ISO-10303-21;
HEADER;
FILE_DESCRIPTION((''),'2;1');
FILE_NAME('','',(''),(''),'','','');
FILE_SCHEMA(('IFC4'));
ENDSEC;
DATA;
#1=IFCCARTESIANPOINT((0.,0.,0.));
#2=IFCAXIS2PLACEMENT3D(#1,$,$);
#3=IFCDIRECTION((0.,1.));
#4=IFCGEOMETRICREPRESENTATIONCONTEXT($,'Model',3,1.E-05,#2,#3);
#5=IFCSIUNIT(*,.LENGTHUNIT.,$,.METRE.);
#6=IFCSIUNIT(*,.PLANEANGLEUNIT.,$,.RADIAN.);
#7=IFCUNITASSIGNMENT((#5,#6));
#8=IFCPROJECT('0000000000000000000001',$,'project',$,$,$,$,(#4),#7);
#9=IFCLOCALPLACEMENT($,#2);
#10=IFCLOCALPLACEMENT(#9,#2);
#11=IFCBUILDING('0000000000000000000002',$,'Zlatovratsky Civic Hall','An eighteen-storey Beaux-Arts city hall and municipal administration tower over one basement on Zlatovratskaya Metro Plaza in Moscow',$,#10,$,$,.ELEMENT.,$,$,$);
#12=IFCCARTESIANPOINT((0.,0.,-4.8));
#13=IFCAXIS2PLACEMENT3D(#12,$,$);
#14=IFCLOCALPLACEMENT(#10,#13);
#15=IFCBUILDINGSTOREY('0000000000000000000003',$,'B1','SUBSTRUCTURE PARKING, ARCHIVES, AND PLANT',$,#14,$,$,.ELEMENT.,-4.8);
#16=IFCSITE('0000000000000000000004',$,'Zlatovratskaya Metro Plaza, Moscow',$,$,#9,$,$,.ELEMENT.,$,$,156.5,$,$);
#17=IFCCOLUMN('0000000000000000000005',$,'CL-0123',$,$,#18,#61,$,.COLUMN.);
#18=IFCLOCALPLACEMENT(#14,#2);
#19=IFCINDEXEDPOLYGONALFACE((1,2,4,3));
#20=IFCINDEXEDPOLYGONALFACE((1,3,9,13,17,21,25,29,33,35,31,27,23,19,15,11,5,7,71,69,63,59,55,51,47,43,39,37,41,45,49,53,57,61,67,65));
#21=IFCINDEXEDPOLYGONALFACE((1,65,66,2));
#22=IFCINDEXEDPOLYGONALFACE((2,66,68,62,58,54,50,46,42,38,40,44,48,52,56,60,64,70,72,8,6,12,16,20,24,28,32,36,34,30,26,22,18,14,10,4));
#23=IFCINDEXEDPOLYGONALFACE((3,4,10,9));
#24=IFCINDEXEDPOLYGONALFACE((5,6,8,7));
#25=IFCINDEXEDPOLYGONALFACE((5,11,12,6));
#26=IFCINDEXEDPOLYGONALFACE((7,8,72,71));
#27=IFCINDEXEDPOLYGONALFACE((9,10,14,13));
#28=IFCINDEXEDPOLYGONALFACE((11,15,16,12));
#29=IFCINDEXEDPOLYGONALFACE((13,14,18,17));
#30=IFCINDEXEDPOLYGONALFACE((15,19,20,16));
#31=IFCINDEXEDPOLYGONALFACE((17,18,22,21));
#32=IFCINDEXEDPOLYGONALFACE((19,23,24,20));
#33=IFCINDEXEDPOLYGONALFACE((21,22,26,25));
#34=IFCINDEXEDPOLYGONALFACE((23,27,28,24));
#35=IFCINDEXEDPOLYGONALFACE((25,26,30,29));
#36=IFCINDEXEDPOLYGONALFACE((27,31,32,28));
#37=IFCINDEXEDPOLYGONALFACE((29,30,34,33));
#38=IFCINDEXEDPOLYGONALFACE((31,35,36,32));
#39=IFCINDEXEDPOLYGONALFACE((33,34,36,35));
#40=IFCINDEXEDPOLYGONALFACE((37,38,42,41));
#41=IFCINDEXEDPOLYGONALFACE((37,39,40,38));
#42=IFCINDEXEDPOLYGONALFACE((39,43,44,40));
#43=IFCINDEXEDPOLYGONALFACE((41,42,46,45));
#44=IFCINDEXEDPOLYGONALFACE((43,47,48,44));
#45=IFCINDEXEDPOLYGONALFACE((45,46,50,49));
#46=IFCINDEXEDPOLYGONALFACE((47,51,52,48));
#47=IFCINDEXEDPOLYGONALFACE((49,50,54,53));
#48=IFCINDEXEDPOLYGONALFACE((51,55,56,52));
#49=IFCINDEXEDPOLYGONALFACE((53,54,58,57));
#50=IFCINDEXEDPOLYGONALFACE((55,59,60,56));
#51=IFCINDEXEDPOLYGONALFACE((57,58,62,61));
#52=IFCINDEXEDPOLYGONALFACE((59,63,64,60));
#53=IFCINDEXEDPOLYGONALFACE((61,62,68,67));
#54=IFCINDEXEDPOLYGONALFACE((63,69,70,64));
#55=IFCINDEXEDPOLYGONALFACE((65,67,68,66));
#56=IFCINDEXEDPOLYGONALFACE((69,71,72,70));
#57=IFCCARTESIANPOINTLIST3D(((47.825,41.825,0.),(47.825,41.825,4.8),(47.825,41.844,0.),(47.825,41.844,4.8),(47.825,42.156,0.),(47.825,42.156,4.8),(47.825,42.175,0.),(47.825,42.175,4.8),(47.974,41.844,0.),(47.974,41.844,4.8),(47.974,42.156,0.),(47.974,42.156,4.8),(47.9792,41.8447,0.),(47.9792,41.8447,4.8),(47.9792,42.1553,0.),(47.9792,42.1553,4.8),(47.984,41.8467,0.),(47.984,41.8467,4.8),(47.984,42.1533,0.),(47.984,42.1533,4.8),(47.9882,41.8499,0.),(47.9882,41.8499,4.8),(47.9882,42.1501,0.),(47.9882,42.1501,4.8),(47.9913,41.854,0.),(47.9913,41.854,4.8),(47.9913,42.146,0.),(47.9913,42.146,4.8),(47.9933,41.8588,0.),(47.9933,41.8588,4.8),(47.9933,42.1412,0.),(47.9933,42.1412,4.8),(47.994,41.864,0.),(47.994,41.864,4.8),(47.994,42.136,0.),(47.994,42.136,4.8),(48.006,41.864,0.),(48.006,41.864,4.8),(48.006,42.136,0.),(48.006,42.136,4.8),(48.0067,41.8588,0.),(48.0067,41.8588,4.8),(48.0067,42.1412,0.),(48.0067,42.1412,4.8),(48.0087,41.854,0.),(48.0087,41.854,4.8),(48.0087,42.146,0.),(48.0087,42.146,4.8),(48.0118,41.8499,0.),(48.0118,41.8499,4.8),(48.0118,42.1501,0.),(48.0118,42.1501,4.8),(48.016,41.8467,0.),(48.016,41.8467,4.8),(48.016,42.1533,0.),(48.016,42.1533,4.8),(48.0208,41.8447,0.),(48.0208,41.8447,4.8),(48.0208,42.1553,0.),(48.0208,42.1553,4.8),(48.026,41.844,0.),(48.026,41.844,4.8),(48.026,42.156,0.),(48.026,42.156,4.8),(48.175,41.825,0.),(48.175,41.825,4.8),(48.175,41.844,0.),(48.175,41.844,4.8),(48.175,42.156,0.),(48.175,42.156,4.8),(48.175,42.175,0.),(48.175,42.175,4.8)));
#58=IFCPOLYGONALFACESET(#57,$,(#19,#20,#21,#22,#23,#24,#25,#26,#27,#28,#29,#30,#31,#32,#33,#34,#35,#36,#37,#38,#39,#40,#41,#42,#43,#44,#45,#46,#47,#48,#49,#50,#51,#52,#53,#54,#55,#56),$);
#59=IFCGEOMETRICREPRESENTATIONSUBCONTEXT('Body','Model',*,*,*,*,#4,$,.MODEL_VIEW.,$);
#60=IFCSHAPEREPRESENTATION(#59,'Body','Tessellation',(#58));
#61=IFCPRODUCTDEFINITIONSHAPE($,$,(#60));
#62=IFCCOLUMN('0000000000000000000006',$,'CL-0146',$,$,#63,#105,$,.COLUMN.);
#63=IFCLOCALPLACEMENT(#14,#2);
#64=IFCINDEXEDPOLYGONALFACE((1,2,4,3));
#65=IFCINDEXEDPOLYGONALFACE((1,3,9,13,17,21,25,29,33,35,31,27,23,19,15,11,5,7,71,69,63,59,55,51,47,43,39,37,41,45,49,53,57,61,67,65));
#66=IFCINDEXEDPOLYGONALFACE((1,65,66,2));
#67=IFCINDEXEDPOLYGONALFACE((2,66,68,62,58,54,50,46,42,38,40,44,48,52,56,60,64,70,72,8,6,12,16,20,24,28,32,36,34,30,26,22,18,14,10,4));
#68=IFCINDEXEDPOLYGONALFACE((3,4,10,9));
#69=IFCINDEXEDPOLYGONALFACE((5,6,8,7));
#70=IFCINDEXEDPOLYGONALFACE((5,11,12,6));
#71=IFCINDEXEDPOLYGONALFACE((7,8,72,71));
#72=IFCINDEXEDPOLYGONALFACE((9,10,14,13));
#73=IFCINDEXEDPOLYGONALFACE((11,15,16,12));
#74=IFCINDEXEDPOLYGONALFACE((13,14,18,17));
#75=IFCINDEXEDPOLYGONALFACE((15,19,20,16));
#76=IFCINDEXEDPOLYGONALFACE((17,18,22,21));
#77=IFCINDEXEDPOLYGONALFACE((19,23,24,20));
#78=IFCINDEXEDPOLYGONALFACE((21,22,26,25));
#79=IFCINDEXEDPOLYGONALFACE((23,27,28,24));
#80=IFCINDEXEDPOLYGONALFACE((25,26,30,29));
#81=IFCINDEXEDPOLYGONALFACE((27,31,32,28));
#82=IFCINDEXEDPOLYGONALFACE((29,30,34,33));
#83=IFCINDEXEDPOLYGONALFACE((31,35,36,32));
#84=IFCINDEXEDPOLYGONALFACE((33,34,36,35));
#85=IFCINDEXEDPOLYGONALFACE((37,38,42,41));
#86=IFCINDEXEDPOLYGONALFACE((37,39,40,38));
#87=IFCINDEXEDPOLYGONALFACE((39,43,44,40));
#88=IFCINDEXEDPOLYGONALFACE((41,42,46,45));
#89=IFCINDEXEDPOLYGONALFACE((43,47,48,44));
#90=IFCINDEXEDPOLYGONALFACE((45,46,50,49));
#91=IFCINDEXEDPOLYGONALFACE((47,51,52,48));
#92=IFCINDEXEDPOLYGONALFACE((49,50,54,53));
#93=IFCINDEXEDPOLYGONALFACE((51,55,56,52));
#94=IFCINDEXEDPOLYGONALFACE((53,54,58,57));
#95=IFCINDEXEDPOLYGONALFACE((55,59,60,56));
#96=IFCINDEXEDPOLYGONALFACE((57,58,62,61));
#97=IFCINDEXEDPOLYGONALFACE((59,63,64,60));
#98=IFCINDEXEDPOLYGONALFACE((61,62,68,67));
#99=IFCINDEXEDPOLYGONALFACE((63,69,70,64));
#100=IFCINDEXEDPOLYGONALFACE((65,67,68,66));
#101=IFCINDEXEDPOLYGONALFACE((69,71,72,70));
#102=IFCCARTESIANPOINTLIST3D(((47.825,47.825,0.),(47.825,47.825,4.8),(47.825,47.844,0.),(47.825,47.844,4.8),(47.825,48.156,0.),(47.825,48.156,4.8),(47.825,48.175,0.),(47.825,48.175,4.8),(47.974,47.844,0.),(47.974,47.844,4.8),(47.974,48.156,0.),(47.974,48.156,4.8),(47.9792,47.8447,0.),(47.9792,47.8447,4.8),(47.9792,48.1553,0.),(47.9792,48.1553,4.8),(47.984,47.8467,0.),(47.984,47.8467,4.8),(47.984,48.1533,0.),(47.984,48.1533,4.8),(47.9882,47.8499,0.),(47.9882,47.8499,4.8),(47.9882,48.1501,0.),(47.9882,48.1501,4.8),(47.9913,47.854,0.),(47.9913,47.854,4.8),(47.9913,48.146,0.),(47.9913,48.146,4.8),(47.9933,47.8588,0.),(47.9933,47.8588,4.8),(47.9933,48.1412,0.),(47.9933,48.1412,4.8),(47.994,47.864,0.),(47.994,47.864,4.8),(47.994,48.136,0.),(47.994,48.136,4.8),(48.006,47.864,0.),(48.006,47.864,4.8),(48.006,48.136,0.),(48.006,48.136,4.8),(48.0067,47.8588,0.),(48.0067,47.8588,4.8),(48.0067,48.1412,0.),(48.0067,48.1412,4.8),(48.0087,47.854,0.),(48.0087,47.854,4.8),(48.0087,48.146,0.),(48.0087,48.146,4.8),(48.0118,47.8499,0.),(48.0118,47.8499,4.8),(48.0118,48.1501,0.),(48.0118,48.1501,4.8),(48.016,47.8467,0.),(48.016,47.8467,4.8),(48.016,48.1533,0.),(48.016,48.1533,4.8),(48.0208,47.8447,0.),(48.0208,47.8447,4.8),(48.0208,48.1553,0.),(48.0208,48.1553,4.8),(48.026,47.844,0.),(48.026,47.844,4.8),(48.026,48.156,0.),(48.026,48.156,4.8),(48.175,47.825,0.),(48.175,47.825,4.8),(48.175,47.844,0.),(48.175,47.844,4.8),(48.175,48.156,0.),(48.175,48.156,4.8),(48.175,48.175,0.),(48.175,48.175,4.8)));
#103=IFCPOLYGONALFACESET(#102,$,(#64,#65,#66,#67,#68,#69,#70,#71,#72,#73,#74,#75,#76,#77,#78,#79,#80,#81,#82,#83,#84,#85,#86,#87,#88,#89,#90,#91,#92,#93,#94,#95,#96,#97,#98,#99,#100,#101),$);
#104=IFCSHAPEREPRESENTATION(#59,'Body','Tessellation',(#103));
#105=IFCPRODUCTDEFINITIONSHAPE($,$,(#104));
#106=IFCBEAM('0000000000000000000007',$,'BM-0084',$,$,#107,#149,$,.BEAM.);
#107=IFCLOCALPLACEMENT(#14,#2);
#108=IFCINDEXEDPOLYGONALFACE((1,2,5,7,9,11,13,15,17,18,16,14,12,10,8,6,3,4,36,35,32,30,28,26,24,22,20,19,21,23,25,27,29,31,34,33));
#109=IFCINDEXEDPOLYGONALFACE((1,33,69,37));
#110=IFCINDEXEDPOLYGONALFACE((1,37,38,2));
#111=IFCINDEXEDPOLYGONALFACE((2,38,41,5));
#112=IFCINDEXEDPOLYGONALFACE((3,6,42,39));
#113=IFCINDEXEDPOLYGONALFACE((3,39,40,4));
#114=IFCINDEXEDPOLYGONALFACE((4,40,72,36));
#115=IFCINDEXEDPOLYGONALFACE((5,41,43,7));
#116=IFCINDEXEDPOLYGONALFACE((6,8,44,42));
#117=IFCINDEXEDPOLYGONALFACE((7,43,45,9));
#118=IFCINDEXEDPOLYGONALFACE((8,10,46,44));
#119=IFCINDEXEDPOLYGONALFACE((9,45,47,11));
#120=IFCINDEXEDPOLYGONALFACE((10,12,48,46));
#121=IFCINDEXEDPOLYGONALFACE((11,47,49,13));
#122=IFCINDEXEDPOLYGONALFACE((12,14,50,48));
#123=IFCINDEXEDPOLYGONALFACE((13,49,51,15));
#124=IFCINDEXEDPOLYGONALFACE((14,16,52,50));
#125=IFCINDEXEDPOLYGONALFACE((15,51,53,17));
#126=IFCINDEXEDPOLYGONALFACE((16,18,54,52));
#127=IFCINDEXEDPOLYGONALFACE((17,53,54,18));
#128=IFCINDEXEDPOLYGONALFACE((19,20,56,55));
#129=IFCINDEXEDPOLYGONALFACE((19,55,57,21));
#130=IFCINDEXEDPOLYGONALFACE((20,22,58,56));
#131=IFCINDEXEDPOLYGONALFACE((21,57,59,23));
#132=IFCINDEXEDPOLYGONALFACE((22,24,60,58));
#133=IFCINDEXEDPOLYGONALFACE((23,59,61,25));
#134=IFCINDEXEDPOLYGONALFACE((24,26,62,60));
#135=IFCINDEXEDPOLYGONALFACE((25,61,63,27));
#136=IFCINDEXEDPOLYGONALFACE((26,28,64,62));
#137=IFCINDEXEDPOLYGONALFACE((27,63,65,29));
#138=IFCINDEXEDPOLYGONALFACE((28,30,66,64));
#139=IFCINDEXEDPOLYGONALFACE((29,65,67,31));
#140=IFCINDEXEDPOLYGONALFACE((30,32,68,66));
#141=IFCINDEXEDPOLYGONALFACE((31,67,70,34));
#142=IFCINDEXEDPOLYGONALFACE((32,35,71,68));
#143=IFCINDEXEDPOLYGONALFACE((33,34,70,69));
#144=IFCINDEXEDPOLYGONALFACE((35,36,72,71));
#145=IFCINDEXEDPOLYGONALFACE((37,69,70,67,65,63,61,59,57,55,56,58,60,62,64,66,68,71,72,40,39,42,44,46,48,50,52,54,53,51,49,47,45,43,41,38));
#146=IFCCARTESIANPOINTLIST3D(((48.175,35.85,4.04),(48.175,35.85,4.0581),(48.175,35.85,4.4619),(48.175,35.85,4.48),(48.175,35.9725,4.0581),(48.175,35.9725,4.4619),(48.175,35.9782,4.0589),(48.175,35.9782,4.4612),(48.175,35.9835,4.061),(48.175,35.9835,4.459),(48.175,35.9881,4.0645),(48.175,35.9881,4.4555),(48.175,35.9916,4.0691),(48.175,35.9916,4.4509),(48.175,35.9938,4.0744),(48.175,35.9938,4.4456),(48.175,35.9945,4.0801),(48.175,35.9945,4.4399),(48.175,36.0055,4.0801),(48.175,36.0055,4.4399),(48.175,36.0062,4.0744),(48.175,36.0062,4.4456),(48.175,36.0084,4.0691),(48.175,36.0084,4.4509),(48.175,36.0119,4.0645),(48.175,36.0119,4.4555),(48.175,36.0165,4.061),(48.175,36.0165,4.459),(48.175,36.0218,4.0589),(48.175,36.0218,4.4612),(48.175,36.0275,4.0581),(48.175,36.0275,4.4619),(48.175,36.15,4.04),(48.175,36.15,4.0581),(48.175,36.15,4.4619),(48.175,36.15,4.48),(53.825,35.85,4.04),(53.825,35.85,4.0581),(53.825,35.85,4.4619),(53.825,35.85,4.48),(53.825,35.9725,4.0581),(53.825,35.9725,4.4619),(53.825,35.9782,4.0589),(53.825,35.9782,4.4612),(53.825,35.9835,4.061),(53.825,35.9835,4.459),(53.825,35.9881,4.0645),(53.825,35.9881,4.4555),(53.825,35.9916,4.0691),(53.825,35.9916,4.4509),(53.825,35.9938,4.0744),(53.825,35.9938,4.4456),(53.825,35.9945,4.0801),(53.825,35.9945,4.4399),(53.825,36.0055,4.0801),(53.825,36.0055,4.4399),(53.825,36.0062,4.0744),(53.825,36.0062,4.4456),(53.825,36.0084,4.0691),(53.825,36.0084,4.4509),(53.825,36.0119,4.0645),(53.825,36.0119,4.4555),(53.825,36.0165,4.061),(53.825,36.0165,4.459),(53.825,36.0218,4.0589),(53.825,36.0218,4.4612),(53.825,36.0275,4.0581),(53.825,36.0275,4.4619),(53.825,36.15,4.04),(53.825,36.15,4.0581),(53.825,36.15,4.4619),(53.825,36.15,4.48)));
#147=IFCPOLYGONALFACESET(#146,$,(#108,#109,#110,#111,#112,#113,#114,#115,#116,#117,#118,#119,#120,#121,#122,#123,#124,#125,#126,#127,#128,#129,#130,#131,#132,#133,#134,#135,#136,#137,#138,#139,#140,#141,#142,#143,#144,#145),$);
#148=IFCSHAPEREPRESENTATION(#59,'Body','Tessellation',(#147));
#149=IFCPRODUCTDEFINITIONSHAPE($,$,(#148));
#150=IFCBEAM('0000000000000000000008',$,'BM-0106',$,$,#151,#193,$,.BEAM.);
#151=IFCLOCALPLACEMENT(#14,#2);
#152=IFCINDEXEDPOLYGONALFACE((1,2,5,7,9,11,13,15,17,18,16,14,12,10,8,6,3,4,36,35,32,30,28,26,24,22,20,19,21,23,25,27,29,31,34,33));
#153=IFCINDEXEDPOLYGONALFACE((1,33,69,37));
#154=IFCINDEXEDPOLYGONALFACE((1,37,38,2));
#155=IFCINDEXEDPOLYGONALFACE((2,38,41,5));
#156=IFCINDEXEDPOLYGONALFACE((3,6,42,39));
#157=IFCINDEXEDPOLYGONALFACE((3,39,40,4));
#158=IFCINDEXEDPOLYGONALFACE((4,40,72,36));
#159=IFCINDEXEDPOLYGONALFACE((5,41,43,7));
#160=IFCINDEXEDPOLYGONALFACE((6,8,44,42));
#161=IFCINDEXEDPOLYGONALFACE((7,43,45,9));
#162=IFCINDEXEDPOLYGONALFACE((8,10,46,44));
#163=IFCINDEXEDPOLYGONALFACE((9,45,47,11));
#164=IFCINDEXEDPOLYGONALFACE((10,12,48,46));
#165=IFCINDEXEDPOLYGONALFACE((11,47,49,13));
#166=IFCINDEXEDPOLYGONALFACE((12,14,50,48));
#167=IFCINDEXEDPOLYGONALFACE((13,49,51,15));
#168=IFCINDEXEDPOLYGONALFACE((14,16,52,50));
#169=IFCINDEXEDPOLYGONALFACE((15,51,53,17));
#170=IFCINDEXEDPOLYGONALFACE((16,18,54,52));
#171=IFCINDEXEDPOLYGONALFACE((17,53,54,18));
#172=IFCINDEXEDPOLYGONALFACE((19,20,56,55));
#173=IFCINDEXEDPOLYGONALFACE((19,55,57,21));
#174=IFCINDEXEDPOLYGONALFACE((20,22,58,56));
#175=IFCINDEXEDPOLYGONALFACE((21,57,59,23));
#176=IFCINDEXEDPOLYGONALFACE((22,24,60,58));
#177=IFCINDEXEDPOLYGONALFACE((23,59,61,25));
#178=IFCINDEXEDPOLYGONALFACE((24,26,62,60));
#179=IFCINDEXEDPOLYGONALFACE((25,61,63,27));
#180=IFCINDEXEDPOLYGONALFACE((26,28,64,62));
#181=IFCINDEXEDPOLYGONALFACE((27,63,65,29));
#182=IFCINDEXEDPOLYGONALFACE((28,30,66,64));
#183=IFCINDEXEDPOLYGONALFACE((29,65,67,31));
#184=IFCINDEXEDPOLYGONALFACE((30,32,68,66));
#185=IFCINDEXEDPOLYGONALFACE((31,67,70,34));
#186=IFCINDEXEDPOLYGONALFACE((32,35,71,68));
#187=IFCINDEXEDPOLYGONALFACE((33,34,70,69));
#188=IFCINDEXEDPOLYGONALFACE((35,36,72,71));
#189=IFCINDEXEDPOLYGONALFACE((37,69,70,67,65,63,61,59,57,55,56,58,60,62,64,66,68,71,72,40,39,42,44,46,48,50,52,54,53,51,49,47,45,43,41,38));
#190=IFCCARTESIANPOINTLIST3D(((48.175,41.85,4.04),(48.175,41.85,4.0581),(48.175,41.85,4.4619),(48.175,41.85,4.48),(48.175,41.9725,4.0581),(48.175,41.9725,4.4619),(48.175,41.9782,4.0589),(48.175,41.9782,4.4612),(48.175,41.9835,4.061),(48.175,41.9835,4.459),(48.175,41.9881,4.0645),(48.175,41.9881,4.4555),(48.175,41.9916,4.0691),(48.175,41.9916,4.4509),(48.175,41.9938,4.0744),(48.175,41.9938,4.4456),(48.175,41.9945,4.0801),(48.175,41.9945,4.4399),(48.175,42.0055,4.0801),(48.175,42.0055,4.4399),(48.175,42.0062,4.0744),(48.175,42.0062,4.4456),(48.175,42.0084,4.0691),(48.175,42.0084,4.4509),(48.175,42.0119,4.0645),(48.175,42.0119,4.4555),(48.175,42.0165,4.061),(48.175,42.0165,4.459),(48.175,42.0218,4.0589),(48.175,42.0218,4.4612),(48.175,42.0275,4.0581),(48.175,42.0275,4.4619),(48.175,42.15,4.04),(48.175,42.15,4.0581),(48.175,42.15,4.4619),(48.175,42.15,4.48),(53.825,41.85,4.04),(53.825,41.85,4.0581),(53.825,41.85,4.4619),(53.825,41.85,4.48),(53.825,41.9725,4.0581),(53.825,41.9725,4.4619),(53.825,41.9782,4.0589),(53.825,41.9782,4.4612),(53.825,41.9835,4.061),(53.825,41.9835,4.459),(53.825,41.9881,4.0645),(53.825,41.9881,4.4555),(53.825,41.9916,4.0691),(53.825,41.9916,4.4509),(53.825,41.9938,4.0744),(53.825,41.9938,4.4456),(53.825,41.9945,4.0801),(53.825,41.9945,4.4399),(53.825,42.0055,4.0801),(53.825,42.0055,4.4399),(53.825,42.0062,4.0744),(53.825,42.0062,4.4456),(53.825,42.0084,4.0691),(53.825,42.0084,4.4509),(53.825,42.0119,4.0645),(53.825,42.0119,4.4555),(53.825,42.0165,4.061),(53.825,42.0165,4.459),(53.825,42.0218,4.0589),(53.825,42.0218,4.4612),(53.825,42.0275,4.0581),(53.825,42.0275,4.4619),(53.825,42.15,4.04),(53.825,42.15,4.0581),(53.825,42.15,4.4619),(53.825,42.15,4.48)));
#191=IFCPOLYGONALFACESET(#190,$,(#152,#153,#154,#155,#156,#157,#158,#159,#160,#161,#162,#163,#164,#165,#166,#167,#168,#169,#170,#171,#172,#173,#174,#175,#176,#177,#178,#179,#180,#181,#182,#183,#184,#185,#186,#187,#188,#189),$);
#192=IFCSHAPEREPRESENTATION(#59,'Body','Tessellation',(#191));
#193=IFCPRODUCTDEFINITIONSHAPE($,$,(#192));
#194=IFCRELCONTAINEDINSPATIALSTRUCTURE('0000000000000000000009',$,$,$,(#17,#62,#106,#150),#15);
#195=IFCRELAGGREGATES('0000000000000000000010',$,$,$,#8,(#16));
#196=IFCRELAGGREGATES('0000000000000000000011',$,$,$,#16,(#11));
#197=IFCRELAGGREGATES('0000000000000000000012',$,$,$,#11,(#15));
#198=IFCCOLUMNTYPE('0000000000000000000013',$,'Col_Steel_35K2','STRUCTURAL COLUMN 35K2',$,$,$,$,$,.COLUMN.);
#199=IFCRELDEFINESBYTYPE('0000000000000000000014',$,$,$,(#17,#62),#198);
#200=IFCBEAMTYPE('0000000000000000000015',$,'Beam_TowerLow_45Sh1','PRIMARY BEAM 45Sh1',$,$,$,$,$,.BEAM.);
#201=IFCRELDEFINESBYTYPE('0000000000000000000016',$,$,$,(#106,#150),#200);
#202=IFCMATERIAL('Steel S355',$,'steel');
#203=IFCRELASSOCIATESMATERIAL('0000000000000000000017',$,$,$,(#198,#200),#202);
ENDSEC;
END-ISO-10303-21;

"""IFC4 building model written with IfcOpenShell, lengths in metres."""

from ifc_helpers import new_model, si_unit, direction, frame, origin, origin_2d, place, context, subcontext, project, spatial, i_section, extrude, material, material_profile, profile_set, type_object, element, save


model = new_model("IFC4")

# Units and contexts
model_context = context("Model", 3, precision=1e-05, world=origin(), true_north=direction((0.0, 1.0)))
body_context = subcontext(model_context, "Body", "Model", "MODEL_VIEW")
ifc_project = project(units=[si_unit("LENGTHUNIT", "METRE"), si_unit("PLANEANGLEUNIT", "RADIAN")], contexts=[model_context])

# Site, building, storey
site_placement = place(None, origin())
site = spatial("IfcSite", under=ifc_project, at=site_placement, Name="Zlatovratskaya Metro Plaza, Moscow", CompositionType="ELEMENT", RefElevation=156.5)
building_placement = place(site_placement, origin())
building = spatial("IfcBuilding", under=site, at=building_placement, Name="Zlatovratsky Civic Hall", Description="An eighteen-storey Beaux-Arts city hall and municipal administration tower over one basement on Zlatovratskaya Metro Plaza in Moscow", CompositionType="ELEMENT")
storey_placement = place(building_placement, frame((0.0, 0.0, -4.8)))
storey = spatial("IfcBuildingStorey", under=building, at=storey_placement, Name="B1", Description="SUBSTRUCTURE PARKING, ARCHIVES, AND PLANT", CompositionType="ELEMENT", Elevation=-4.8)

# Columns
ifc_material_1 = material(Name="Steel S355", Category="steel")
ifc_material_profile_1 = material_profile(ifc_material_1, i_section(OverallWidth=0.3501, OverallDepth=0.3501, WebThickness=0.012, FlangeThickness=0.019, FilletRadius=0.02, at=origin_2d()), Name="35K2")
ifc_profile_set_1 = profile_set([ifc_material_profile_1], Name="Steel S355")
column_type = type_object("IfcColumnType", Name="Col_Steel_35K2", Description="STRUCTURAL COLUMN 35K2", PredefinedType="COLUMN", material=ifc_profile_set_1)
for number, where, z_axis, x_axis, name in (
    (1, (48.0, 42.0, 0.0), (0.0, 0.0, 1.0), (1.0, 0.0, 0.0), "CL-0123"),
    (2, (48.0, 48.0, 0.0), (0.0, 0.0, 1.0), (1.0, 0.0, 0.0), "CL-0146"),
):
    element("IfcColumn", number, at=place(storey_placement, frame(where, z_axis=z_axis, x_axis=x_axis)), inside=storey, type_object=column_type, Name=name, PredefinedType="COLUMN", context=body_context, shape_type="SweptSolid", body=[
        extrude(i_section(OverallWidth=0.3501, OverallDepth=0.3501, WebThickness=0.012, FlangeThickness=0.019, FilletRadius=0.02, at=origin_2d()), origin(), (0.0, 0.0, 1.0), 4.8),
    ])

# Beams
ifc_material_profile_2 = material_profile(ifc_material_1, i_section(OverallWidth=0.3, OverallDepth=0.4399, WebThickness=0.011, FlangeThickness=0.0181, FilletRadius=0.022, at=origin_2d()), Name="45Sh1")
ifc_profile_set_2 = profile_set([ifc_material_profile_2], Name="Steel S355")
beam_type_1 = type_object("IfcBeamType", Name="Beam_TowerLow_45Sh1", Description="PRIMARY BEAM 45Sh1", PredefinedType="BEAM", material=ifc_profile_set_2)
for number, where, z_axis, x_axis, name in (
    (3, (48.175, 36.0, 4.26), (1.0, 0.0, 0.0), (0.0, 1.0, 0.0), "BM-0084"),
    (4, (48.175, 42.0, 4.26), (1.0, 0.0, 0.0), (0.0, 1.0, 0.0), "BM-0106"),
):
    element("IfcBeam", number, at=place(storey_placement, frame(where, z_axis=z_axis, x_axis=x_axis)), inside=storey, type_object=beam_type_1, Name=name, PredefinedType="BEAM", context=body_context, shape_type="SweptSolid", body=[
        extrude(i_section(OverallWidth=0.3, OverallDepth=0.4399, WebThickness=0.011, FlangeThickness=0.0181, FilletRadius=0.022, at=origin_2d()), origin(), (0.0, 0.0, 1.0), 5.6499),
    ])

save(model, "model.ifc")
